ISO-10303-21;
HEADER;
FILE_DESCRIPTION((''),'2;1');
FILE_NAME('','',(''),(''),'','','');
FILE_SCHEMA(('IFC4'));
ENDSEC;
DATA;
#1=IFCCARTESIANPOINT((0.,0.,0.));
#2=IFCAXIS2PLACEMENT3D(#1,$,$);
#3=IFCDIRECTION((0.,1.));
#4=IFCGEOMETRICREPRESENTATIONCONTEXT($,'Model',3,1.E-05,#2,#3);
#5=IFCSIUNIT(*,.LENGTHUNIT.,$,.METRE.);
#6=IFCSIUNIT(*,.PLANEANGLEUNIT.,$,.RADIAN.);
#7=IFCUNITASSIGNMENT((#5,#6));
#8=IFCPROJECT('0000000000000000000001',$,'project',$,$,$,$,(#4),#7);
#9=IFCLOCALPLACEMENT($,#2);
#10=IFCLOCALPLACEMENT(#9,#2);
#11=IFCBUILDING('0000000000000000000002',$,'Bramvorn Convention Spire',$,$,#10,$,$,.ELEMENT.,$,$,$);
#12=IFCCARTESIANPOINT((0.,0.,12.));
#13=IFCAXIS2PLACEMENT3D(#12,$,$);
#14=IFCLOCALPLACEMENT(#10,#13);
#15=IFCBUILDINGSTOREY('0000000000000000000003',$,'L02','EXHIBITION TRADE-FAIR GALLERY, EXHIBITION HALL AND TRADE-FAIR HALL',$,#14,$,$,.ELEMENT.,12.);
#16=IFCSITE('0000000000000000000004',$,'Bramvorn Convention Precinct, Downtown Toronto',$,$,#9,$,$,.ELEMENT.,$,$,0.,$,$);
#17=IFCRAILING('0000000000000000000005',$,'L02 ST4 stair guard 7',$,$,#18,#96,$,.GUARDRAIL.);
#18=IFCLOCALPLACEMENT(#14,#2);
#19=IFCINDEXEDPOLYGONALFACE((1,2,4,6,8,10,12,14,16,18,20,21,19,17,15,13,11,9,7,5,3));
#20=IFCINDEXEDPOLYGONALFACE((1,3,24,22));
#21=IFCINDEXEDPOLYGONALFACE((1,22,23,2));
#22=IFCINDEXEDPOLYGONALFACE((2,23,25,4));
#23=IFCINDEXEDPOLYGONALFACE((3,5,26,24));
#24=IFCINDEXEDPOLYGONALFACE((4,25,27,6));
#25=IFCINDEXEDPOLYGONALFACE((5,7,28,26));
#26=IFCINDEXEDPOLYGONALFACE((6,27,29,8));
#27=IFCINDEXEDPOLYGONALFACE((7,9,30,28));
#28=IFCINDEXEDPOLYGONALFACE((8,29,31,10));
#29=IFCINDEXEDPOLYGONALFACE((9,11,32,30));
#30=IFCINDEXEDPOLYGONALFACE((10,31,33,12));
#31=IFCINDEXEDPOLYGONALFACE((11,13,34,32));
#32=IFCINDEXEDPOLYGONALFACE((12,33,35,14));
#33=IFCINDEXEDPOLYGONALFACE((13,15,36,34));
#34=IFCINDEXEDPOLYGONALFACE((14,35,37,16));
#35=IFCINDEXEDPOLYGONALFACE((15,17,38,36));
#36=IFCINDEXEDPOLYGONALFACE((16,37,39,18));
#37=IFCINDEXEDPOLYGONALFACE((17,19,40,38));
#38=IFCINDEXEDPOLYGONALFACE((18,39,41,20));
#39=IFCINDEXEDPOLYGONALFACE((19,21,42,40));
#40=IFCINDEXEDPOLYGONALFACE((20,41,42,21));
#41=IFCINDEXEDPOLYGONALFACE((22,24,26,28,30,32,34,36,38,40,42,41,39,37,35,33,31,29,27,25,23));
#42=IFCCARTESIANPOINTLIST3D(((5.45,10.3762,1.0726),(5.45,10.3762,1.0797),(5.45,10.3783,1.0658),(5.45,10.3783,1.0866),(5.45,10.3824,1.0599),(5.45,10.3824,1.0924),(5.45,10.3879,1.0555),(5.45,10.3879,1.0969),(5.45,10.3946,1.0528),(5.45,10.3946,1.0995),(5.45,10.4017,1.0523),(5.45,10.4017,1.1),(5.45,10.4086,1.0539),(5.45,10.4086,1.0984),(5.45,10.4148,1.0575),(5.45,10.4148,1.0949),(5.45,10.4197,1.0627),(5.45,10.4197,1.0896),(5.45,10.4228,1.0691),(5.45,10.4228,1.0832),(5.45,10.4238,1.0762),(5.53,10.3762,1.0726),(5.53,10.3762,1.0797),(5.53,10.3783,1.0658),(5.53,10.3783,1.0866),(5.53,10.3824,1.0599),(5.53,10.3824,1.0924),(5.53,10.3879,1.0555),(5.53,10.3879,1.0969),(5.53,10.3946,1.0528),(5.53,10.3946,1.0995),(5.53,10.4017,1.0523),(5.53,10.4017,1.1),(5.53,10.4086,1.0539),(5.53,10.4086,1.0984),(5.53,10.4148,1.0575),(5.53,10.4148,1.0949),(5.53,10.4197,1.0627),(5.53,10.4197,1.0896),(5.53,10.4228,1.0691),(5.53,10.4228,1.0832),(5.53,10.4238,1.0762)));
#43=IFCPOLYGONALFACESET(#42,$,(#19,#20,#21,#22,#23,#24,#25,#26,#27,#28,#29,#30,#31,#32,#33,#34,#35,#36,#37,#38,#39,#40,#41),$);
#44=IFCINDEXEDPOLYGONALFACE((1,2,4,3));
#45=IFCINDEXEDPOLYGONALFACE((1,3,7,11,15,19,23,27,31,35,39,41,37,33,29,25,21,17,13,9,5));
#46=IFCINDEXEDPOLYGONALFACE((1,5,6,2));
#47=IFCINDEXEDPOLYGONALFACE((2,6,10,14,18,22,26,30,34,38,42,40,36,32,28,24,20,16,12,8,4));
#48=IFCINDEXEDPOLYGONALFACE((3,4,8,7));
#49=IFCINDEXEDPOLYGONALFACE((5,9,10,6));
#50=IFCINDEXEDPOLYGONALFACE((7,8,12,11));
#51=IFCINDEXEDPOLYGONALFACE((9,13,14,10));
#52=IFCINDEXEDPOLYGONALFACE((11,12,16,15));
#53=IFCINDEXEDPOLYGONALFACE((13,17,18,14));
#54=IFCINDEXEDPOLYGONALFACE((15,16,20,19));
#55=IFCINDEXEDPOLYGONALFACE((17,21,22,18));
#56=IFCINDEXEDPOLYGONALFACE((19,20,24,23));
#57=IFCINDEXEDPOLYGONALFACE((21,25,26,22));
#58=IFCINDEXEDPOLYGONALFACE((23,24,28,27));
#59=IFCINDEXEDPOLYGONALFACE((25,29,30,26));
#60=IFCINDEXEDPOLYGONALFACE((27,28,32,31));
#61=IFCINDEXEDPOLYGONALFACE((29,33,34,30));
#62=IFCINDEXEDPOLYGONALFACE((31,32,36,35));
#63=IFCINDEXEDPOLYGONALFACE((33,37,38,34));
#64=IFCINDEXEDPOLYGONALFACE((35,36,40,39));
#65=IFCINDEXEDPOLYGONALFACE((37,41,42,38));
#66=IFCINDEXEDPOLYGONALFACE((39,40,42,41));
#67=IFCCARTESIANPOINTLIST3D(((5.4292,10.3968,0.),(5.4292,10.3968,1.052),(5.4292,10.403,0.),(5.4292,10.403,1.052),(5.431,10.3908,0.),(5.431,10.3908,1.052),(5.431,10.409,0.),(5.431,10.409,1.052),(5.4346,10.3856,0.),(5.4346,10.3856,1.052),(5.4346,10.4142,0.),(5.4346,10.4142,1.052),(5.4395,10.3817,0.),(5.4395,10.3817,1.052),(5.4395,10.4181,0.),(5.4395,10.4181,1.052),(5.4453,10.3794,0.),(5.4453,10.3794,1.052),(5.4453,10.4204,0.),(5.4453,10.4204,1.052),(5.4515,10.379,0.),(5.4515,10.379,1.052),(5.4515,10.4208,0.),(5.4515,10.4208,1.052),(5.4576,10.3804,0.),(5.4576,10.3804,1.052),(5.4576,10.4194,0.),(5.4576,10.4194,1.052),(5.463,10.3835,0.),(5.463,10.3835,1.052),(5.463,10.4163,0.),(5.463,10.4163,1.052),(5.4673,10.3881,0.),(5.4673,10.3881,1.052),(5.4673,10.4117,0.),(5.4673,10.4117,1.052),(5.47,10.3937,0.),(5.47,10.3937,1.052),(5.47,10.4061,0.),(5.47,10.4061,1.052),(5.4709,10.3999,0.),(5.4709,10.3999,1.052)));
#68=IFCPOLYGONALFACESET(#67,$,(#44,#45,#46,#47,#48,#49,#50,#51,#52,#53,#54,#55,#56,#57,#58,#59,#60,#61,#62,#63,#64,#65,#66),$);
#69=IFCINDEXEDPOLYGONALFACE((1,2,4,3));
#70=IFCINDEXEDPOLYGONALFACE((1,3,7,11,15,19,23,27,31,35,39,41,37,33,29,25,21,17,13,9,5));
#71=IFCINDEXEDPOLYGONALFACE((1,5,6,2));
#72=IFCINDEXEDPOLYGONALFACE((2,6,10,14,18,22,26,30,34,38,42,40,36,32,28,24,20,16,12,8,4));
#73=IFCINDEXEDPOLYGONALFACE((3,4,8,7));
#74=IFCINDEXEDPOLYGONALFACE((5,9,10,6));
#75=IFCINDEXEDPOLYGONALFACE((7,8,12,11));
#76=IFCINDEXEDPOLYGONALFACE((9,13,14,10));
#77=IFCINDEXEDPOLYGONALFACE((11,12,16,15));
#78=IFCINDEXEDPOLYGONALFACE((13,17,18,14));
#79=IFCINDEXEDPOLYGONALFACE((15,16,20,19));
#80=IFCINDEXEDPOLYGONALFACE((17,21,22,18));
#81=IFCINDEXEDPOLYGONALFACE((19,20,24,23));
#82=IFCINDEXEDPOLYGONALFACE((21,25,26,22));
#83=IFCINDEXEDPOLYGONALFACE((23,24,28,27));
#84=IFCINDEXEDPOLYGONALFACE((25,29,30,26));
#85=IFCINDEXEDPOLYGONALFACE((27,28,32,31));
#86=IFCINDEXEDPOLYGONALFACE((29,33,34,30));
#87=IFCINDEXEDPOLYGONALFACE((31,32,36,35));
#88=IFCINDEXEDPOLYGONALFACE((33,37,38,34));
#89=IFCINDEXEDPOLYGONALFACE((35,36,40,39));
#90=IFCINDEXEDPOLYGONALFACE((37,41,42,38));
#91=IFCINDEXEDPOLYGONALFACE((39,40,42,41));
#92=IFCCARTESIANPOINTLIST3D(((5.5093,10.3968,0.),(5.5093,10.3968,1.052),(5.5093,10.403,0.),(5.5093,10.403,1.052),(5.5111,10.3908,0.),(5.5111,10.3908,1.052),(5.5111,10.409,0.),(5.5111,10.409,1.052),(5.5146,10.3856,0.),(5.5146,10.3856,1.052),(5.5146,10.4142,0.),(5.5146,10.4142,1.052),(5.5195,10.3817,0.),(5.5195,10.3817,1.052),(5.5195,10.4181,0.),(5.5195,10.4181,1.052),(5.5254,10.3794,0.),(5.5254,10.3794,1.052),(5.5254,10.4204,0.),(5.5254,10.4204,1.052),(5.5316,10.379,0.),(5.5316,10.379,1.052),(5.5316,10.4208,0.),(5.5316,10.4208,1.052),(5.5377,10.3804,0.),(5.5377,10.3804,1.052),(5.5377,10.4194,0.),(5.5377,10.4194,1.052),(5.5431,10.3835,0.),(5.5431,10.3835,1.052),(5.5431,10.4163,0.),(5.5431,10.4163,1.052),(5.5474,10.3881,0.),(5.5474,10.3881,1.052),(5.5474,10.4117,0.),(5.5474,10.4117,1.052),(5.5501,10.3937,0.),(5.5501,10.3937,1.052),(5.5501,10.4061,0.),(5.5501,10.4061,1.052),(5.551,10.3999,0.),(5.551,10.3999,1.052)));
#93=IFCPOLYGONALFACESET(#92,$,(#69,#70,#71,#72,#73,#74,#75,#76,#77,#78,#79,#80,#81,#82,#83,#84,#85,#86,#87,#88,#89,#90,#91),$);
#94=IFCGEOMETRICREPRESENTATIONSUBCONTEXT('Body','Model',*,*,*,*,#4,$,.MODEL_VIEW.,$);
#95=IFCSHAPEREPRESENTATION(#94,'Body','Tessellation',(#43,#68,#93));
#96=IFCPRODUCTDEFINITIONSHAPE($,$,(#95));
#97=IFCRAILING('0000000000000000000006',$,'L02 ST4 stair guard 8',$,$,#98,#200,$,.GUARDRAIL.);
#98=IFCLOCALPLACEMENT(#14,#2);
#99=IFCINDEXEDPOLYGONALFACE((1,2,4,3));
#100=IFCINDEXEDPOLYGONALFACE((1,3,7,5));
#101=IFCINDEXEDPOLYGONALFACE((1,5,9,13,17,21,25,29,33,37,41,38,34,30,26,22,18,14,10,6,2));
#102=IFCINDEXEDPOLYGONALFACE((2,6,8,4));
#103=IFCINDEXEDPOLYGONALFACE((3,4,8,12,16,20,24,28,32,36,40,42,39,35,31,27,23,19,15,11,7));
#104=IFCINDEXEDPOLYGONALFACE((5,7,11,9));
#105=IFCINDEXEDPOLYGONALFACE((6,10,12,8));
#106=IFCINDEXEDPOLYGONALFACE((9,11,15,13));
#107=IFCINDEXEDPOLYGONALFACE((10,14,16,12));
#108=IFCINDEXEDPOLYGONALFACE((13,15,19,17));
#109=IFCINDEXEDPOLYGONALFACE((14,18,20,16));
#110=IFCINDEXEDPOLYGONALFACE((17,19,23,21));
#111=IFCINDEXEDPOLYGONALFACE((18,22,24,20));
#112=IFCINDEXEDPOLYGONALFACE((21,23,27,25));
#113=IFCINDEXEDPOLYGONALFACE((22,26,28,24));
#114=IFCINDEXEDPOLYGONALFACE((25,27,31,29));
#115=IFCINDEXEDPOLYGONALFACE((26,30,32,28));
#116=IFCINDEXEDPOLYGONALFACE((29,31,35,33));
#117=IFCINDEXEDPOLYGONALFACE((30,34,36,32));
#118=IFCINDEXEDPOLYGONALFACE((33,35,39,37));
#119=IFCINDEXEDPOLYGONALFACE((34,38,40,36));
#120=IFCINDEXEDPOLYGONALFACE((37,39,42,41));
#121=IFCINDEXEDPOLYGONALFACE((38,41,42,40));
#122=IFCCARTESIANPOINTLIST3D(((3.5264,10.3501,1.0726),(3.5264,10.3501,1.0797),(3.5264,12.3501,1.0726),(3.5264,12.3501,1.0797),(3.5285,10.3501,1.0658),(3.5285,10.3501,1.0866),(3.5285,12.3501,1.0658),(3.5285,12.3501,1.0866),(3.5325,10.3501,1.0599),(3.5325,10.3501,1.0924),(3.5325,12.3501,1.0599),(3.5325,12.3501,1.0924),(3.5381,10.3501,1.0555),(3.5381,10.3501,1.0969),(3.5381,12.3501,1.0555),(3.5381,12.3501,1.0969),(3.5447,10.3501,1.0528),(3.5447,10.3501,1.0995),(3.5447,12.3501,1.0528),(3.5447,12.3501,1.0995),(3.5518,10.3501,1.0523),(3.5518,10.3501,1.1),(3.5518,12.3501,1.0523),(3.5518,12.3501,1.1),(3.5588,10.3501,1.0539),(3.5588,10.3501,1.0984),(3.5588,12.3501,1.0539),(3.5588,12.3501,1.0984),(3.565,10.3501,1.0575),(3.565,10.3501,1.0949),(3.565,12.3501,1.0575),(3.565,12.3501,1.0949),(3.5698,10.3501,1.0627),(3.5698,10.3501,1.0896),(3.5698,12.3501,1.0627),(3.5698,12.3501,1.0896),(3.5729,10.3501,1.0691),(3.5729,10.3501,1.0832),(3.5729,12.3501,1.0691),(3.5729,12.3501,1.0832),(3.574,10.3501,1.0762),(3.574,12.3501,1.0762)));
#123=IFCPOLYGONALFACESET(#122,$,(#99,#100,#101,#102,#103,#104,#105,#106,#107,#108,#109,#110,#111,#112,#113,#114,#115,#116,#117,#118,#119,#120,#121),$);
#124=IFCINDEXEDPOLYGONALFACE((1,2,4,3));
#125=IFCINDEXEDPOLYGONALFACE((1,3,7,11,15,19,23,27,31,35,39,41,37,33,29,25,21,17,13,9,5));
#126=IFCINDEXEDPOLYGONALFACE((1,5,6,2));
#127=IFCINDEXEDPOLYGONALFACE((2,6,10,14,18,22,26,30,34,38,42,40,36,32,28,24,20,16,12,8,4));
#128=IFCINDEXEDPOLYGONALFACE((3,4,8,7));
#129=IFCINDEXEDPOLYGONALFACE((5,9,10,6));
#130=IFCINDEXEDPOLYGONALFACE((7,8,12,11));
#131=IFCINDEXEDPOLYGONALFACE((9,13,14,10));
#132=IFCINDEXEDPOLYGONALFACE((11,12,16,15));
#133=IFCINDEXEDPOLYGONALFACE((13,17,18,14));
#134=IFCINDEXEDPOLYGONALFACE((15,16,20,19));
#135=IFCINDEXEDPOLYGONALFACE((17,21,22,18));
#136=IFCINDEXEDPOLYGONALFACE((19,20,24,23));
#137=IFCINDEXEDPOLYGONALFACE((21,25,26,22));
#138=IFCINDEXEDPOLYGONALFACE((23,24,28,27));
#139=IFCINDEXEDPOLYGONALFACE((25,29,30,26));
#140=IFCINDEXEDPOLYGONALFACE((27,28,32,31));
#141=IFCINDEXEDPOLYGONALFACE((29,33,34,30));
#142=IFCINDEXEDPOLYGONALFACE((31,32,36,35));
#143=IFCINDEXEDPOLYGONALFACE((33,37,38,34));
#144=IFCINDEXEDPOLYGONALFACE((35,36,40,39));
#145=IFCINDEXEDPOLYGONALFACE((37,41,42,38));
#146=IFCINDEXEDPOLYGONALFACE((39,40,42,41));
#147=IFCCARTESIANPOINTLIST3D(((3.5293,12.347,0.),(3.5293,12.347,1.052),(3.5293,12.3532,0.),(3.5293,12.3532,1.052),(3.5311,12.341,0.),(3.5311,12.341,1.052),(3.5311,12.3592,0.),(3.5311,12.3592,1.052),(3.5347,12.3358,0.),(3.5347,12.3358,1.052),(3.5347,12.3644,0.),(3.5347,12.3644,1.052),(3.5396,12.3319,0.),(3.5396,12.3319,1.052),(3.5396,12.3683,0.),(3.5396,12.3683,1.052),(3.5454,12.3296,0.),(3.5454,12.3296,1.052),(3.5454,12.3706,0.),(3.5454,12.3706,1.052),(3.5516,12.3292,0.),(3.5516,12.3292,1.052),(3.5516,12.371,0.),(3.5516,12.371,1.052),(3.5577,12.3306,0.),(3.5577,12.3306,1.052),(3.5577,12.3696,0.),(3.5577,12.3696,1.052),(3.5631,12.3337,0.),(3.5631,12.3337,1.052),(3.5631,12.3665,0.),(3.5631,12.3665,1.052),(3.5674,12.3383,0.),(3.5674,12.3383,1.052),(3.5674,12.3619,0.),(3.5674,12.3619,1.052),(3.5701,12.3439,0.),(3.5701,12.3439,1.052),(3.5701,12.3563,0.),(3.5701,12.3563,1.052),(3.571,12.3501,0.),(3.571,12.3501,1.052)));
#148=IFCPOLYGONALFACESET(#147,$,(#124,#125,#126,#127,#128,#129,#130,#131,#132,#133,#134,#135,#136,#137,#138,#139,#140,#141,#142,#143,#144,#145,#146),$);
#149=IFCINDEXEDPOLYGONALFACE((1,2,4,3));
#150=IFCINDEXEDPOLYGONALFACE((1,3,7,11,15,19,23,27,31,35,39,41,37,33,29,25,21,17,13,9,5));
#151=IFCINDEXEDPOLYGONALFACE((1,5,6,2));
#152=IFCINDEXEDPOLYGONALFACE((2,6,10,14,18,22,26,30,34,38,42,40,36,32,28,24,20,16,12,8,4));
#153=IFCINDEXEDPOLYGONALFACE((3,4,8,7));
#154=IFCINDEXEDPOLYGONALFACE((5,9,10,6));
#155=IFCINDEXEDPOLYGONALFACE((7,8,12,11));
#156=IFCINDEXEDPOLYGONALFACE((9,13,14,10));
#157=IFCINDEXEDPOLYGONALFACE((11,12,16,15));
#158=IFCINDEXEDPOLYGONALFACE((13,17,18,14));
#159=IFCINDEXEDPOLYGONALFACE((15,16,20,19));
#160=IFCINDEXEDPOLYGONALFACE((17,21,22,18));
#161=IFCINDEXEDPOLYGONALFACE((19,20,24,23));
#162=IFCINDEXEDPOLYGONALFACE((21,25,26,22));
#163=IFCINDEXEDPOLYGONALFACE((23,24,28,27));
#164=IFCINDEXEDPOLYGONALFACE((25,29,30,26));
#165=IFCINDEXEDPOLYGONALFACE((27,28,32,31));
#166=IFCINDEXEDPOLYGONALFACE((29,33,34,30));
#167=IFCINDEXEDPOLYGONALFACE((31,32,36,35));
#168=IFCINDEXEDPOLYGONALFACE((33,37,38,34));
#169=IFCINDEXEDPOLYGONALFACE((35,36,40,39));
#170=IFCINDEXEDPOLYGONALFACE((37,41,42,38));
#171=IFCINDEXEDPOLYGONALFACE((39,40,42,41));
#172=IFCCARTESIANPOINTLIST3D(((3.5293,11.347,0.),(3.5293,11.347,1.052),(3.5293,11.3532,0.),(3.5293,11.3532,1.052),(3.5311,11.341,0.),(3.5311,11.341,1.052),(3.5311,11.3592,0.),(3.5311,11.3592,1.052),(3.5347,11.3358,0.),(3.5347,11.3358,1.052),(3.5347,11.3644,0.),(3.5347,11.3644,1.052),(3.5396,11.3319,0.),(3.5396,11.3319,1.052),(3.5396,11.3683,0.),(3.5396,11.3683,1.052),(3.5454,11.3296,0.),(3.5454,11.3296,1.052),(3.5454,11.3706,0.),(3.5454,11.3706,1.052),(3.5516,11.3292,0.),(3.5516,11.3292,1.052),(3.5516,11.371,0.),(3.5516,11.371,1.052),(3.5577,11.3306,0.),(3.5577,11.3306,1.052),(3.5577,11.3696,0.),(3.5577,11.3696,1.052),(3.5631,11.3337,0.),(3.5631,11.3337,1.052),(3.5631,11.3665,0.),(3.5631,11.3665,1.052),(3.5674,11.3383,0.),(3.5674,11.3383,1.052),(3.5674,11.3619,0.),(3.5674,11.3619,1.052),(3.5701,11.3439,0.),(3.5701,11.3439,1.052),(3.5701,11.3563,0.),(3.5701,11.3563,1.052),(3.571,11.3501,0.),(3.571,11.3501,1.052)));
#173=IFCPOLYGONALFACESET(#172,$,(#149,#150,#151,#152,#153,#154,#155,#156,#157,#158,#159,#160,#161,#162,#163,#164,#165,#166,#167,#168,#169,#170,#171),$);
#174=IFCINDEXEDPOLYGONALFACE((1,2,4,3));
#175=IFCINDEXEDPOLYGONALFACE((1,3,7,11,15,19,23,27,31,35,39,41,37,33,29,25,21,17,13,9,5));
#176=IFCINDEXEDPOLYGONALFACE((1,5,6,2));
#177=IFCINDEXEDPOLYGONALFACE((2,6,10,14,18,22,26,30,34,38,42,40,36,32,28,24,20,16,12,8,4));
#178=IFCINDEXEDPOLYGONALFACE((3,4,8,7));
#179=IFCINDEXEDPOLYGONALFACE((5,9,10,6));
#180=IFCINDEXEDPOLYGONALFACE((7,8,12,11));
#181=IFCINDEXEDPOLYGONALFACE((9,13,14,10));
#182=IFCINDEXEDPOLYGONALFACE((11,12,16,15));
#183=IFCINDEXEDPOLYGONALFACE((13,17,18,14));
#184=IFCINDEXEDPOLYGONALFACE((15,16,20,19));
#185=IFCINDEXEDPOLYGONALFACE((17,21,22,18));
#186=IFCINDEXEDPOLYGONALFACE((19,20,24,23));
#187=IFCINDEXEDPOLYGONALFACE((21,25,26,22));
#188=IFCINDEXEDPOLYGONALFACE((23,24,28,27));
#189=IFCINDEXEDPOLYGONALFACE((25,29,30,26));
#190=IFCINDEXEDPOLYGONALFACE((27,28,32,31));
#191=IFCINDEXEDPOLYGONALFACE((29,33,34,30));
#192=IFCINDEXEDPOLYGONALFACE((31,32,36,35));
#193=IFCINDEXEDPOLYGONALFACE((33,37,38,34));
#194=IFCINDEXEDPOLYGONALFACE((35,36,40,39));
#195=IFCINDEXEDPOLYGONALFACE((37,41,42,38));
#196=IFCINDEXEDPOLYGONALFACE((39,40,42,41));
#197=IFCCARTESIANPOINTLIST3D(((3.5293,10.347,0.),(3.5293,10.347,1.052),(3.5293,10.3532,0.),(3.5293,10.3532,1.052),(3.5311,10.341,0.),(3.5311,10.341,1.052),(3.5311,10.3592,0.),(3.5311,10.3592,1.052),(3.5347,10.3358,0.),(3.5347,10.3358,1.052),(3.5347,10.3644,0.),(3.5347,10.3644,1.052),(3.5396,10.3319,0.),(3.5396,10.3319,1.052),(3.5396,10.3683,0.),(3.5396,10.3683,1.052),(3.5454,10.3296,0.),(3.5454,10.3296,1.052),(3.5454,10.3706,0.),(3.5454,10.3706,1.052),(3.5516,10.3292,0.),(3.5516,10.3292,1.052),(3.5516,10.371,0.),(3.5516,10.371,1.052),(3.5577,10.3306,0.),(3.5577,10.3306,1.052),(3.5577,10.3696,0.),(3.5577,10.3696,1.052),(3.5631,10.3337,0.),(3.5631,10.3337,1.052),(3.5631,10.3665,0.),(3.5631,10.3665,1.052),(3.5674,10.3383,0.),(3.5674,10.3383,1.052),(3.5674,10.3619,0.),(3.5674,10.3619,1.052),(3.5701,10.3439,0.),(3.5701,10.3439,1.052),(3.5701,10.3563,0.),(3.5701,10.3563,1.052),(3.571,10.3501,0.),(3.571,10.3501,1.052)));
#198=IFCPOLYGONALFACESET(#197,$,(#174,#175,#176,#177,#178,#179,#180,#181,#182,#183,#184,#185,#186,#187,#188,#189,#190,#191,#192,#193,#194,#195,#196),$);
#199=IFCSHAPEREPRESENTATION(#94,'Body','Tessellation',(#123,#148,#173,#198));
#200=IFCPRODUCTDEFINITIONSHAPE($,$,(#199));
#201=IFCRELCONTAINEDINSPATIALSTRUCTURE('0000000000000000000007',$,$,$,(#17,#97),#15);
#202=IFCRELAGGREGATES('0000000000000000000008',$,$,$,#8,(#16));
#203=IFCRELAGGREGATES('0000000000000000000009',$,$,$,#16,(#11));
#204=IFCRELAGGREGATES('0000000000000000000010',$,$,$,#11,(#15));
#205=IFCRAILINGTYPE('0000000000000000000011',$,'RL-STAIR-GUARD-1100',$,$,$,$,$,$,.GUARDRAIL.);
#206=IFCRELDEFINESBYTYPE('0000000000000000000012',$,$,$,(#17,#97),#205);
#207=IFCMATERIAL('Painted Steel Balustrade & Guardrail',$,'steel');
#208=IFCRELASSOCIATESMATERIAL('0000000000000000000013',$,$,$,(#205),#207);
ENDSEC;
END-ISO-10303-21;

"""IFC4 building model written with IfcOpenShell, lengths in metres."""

from ifc_helpers import new_model, si_unit, direction, frame, origin, origin_2d, place, context, subcontext, project, spatial, circle, extrude, material, type_object, element, save


model = new_model("IFC4")

# Units and contexts
model_context = context("Model", 3, precision=1e-05, world=origin(), true_north=direction((0.0, 1.0)))
body_context = subcontext(model_context, "Body", "Model", "MODEL_VIEW")
ifc_project = project(units=[si_unit("LENGTHUNIT", "METRE"), si_unit("PLANEANGLEUNIT", "RADIAN")], contexts=[model_context])

# Site, building, storey
site_placement = place(None, origin())
site = spatial("IfcSite", under=ifc_project, at=site_placement, Name="Bramvorn Convention Precinct, Downtown Toronto", CompositionType="ELEMENT", RefElevation=0.0)
building_placement = place(site_placement, origin())
building = spatial("IfcBuilding", under=site, at=building_placement, Name="Bramvorn Convention Spire", CompositionType="ELEMENT")
storey_placement = place(building_placement, frame((0.0, 0.0, 12.0)))
storey = spatial("IfcBuildingStorey", under=building, at=storey_placement, Name="L02", Description="EXHIBITION TRADE-FAIR GALLERY, EXHIBITION HALL AND TRADE-FAIR HALL", CompositionType="ELEMENT", Elevation=12.0)

# Railings
ifc_material_1 = material(Name="Painted Steel Balustrade & Guardrail", Category="steel")
railing_type_1 = type_object("IfcRailingType", Name="RL-STAIR-GUARD-1100", PredefinedType="GUARDRAIL", material=ifc_material_1)
railing_1_placement = place(storey_placement, frame((5.45, 10.3999, 0.0)))
element("IfcRailing", 1, at=railing_1_placement, inside=storey, type_object=railing_type_1, Name="L02 ST4 stair guard 7", PredefinedType="GUARDRAIL", context=body_context, shape_type="SweptSolid", body=[
    extrude(circle(Radius=0.0239, at=origin_2d()), frame((0.0, 0.0, 1.0762), z_axis=(1.0, 0.0, 0.0), x_axis=(0.0, 1.0, 0.0)), (0.0, 0.0, 1.0), 0.0801),
    extrude(circle(Radius=0.021, at=origin_2d()), origin(), (0.0, 0.0, 1.0), 1.052),
    extrude(circle(Radius=0.021, at=origin_2d()), frame((0.0801, 0.0, 0.0)), (0.0, 0.0, 1.0), 1.052),
])
for number, where, name in (
    (2, (3.55, 12.3501, 0.0), "L02 ST4 stair guard 8"),
):
    element("IfcRailing", number, at=place(storey_placement, frame(where)), inside=storey, type_object=railing_type_1, Name=name, PredefinedType="GUARDRAIL", context=body_context, shape_type="SweptSolid", body=[
        extrude(circle(Radius=0.0239, at=origin_2d()), frame((0.0, 0.0, 1.0762), z_axis=(0.0, -1.0, 0.0), x_axis=(1.0, 0.0, 0.0)), (0.0, 0.0, 1.0), 2.0),
        extrude(circle(Radius=0.021, at=origin_2d()), origin(), (0.0, 0.0, 1.0), 1.052),
        extrude(circle(Radius=0.021, at=origin_2d()), frame((0.0, -1.0, 0.0)), (0.0, 0.0, 1.0), 1.052),
        extrude(circle(Radius=0.021, at=origin_2d()), frame((0.0, -2.0, 0.0)), (0.0, 0.0, 1.0), 1.052),
    ])

save(model, "model.ifc")
